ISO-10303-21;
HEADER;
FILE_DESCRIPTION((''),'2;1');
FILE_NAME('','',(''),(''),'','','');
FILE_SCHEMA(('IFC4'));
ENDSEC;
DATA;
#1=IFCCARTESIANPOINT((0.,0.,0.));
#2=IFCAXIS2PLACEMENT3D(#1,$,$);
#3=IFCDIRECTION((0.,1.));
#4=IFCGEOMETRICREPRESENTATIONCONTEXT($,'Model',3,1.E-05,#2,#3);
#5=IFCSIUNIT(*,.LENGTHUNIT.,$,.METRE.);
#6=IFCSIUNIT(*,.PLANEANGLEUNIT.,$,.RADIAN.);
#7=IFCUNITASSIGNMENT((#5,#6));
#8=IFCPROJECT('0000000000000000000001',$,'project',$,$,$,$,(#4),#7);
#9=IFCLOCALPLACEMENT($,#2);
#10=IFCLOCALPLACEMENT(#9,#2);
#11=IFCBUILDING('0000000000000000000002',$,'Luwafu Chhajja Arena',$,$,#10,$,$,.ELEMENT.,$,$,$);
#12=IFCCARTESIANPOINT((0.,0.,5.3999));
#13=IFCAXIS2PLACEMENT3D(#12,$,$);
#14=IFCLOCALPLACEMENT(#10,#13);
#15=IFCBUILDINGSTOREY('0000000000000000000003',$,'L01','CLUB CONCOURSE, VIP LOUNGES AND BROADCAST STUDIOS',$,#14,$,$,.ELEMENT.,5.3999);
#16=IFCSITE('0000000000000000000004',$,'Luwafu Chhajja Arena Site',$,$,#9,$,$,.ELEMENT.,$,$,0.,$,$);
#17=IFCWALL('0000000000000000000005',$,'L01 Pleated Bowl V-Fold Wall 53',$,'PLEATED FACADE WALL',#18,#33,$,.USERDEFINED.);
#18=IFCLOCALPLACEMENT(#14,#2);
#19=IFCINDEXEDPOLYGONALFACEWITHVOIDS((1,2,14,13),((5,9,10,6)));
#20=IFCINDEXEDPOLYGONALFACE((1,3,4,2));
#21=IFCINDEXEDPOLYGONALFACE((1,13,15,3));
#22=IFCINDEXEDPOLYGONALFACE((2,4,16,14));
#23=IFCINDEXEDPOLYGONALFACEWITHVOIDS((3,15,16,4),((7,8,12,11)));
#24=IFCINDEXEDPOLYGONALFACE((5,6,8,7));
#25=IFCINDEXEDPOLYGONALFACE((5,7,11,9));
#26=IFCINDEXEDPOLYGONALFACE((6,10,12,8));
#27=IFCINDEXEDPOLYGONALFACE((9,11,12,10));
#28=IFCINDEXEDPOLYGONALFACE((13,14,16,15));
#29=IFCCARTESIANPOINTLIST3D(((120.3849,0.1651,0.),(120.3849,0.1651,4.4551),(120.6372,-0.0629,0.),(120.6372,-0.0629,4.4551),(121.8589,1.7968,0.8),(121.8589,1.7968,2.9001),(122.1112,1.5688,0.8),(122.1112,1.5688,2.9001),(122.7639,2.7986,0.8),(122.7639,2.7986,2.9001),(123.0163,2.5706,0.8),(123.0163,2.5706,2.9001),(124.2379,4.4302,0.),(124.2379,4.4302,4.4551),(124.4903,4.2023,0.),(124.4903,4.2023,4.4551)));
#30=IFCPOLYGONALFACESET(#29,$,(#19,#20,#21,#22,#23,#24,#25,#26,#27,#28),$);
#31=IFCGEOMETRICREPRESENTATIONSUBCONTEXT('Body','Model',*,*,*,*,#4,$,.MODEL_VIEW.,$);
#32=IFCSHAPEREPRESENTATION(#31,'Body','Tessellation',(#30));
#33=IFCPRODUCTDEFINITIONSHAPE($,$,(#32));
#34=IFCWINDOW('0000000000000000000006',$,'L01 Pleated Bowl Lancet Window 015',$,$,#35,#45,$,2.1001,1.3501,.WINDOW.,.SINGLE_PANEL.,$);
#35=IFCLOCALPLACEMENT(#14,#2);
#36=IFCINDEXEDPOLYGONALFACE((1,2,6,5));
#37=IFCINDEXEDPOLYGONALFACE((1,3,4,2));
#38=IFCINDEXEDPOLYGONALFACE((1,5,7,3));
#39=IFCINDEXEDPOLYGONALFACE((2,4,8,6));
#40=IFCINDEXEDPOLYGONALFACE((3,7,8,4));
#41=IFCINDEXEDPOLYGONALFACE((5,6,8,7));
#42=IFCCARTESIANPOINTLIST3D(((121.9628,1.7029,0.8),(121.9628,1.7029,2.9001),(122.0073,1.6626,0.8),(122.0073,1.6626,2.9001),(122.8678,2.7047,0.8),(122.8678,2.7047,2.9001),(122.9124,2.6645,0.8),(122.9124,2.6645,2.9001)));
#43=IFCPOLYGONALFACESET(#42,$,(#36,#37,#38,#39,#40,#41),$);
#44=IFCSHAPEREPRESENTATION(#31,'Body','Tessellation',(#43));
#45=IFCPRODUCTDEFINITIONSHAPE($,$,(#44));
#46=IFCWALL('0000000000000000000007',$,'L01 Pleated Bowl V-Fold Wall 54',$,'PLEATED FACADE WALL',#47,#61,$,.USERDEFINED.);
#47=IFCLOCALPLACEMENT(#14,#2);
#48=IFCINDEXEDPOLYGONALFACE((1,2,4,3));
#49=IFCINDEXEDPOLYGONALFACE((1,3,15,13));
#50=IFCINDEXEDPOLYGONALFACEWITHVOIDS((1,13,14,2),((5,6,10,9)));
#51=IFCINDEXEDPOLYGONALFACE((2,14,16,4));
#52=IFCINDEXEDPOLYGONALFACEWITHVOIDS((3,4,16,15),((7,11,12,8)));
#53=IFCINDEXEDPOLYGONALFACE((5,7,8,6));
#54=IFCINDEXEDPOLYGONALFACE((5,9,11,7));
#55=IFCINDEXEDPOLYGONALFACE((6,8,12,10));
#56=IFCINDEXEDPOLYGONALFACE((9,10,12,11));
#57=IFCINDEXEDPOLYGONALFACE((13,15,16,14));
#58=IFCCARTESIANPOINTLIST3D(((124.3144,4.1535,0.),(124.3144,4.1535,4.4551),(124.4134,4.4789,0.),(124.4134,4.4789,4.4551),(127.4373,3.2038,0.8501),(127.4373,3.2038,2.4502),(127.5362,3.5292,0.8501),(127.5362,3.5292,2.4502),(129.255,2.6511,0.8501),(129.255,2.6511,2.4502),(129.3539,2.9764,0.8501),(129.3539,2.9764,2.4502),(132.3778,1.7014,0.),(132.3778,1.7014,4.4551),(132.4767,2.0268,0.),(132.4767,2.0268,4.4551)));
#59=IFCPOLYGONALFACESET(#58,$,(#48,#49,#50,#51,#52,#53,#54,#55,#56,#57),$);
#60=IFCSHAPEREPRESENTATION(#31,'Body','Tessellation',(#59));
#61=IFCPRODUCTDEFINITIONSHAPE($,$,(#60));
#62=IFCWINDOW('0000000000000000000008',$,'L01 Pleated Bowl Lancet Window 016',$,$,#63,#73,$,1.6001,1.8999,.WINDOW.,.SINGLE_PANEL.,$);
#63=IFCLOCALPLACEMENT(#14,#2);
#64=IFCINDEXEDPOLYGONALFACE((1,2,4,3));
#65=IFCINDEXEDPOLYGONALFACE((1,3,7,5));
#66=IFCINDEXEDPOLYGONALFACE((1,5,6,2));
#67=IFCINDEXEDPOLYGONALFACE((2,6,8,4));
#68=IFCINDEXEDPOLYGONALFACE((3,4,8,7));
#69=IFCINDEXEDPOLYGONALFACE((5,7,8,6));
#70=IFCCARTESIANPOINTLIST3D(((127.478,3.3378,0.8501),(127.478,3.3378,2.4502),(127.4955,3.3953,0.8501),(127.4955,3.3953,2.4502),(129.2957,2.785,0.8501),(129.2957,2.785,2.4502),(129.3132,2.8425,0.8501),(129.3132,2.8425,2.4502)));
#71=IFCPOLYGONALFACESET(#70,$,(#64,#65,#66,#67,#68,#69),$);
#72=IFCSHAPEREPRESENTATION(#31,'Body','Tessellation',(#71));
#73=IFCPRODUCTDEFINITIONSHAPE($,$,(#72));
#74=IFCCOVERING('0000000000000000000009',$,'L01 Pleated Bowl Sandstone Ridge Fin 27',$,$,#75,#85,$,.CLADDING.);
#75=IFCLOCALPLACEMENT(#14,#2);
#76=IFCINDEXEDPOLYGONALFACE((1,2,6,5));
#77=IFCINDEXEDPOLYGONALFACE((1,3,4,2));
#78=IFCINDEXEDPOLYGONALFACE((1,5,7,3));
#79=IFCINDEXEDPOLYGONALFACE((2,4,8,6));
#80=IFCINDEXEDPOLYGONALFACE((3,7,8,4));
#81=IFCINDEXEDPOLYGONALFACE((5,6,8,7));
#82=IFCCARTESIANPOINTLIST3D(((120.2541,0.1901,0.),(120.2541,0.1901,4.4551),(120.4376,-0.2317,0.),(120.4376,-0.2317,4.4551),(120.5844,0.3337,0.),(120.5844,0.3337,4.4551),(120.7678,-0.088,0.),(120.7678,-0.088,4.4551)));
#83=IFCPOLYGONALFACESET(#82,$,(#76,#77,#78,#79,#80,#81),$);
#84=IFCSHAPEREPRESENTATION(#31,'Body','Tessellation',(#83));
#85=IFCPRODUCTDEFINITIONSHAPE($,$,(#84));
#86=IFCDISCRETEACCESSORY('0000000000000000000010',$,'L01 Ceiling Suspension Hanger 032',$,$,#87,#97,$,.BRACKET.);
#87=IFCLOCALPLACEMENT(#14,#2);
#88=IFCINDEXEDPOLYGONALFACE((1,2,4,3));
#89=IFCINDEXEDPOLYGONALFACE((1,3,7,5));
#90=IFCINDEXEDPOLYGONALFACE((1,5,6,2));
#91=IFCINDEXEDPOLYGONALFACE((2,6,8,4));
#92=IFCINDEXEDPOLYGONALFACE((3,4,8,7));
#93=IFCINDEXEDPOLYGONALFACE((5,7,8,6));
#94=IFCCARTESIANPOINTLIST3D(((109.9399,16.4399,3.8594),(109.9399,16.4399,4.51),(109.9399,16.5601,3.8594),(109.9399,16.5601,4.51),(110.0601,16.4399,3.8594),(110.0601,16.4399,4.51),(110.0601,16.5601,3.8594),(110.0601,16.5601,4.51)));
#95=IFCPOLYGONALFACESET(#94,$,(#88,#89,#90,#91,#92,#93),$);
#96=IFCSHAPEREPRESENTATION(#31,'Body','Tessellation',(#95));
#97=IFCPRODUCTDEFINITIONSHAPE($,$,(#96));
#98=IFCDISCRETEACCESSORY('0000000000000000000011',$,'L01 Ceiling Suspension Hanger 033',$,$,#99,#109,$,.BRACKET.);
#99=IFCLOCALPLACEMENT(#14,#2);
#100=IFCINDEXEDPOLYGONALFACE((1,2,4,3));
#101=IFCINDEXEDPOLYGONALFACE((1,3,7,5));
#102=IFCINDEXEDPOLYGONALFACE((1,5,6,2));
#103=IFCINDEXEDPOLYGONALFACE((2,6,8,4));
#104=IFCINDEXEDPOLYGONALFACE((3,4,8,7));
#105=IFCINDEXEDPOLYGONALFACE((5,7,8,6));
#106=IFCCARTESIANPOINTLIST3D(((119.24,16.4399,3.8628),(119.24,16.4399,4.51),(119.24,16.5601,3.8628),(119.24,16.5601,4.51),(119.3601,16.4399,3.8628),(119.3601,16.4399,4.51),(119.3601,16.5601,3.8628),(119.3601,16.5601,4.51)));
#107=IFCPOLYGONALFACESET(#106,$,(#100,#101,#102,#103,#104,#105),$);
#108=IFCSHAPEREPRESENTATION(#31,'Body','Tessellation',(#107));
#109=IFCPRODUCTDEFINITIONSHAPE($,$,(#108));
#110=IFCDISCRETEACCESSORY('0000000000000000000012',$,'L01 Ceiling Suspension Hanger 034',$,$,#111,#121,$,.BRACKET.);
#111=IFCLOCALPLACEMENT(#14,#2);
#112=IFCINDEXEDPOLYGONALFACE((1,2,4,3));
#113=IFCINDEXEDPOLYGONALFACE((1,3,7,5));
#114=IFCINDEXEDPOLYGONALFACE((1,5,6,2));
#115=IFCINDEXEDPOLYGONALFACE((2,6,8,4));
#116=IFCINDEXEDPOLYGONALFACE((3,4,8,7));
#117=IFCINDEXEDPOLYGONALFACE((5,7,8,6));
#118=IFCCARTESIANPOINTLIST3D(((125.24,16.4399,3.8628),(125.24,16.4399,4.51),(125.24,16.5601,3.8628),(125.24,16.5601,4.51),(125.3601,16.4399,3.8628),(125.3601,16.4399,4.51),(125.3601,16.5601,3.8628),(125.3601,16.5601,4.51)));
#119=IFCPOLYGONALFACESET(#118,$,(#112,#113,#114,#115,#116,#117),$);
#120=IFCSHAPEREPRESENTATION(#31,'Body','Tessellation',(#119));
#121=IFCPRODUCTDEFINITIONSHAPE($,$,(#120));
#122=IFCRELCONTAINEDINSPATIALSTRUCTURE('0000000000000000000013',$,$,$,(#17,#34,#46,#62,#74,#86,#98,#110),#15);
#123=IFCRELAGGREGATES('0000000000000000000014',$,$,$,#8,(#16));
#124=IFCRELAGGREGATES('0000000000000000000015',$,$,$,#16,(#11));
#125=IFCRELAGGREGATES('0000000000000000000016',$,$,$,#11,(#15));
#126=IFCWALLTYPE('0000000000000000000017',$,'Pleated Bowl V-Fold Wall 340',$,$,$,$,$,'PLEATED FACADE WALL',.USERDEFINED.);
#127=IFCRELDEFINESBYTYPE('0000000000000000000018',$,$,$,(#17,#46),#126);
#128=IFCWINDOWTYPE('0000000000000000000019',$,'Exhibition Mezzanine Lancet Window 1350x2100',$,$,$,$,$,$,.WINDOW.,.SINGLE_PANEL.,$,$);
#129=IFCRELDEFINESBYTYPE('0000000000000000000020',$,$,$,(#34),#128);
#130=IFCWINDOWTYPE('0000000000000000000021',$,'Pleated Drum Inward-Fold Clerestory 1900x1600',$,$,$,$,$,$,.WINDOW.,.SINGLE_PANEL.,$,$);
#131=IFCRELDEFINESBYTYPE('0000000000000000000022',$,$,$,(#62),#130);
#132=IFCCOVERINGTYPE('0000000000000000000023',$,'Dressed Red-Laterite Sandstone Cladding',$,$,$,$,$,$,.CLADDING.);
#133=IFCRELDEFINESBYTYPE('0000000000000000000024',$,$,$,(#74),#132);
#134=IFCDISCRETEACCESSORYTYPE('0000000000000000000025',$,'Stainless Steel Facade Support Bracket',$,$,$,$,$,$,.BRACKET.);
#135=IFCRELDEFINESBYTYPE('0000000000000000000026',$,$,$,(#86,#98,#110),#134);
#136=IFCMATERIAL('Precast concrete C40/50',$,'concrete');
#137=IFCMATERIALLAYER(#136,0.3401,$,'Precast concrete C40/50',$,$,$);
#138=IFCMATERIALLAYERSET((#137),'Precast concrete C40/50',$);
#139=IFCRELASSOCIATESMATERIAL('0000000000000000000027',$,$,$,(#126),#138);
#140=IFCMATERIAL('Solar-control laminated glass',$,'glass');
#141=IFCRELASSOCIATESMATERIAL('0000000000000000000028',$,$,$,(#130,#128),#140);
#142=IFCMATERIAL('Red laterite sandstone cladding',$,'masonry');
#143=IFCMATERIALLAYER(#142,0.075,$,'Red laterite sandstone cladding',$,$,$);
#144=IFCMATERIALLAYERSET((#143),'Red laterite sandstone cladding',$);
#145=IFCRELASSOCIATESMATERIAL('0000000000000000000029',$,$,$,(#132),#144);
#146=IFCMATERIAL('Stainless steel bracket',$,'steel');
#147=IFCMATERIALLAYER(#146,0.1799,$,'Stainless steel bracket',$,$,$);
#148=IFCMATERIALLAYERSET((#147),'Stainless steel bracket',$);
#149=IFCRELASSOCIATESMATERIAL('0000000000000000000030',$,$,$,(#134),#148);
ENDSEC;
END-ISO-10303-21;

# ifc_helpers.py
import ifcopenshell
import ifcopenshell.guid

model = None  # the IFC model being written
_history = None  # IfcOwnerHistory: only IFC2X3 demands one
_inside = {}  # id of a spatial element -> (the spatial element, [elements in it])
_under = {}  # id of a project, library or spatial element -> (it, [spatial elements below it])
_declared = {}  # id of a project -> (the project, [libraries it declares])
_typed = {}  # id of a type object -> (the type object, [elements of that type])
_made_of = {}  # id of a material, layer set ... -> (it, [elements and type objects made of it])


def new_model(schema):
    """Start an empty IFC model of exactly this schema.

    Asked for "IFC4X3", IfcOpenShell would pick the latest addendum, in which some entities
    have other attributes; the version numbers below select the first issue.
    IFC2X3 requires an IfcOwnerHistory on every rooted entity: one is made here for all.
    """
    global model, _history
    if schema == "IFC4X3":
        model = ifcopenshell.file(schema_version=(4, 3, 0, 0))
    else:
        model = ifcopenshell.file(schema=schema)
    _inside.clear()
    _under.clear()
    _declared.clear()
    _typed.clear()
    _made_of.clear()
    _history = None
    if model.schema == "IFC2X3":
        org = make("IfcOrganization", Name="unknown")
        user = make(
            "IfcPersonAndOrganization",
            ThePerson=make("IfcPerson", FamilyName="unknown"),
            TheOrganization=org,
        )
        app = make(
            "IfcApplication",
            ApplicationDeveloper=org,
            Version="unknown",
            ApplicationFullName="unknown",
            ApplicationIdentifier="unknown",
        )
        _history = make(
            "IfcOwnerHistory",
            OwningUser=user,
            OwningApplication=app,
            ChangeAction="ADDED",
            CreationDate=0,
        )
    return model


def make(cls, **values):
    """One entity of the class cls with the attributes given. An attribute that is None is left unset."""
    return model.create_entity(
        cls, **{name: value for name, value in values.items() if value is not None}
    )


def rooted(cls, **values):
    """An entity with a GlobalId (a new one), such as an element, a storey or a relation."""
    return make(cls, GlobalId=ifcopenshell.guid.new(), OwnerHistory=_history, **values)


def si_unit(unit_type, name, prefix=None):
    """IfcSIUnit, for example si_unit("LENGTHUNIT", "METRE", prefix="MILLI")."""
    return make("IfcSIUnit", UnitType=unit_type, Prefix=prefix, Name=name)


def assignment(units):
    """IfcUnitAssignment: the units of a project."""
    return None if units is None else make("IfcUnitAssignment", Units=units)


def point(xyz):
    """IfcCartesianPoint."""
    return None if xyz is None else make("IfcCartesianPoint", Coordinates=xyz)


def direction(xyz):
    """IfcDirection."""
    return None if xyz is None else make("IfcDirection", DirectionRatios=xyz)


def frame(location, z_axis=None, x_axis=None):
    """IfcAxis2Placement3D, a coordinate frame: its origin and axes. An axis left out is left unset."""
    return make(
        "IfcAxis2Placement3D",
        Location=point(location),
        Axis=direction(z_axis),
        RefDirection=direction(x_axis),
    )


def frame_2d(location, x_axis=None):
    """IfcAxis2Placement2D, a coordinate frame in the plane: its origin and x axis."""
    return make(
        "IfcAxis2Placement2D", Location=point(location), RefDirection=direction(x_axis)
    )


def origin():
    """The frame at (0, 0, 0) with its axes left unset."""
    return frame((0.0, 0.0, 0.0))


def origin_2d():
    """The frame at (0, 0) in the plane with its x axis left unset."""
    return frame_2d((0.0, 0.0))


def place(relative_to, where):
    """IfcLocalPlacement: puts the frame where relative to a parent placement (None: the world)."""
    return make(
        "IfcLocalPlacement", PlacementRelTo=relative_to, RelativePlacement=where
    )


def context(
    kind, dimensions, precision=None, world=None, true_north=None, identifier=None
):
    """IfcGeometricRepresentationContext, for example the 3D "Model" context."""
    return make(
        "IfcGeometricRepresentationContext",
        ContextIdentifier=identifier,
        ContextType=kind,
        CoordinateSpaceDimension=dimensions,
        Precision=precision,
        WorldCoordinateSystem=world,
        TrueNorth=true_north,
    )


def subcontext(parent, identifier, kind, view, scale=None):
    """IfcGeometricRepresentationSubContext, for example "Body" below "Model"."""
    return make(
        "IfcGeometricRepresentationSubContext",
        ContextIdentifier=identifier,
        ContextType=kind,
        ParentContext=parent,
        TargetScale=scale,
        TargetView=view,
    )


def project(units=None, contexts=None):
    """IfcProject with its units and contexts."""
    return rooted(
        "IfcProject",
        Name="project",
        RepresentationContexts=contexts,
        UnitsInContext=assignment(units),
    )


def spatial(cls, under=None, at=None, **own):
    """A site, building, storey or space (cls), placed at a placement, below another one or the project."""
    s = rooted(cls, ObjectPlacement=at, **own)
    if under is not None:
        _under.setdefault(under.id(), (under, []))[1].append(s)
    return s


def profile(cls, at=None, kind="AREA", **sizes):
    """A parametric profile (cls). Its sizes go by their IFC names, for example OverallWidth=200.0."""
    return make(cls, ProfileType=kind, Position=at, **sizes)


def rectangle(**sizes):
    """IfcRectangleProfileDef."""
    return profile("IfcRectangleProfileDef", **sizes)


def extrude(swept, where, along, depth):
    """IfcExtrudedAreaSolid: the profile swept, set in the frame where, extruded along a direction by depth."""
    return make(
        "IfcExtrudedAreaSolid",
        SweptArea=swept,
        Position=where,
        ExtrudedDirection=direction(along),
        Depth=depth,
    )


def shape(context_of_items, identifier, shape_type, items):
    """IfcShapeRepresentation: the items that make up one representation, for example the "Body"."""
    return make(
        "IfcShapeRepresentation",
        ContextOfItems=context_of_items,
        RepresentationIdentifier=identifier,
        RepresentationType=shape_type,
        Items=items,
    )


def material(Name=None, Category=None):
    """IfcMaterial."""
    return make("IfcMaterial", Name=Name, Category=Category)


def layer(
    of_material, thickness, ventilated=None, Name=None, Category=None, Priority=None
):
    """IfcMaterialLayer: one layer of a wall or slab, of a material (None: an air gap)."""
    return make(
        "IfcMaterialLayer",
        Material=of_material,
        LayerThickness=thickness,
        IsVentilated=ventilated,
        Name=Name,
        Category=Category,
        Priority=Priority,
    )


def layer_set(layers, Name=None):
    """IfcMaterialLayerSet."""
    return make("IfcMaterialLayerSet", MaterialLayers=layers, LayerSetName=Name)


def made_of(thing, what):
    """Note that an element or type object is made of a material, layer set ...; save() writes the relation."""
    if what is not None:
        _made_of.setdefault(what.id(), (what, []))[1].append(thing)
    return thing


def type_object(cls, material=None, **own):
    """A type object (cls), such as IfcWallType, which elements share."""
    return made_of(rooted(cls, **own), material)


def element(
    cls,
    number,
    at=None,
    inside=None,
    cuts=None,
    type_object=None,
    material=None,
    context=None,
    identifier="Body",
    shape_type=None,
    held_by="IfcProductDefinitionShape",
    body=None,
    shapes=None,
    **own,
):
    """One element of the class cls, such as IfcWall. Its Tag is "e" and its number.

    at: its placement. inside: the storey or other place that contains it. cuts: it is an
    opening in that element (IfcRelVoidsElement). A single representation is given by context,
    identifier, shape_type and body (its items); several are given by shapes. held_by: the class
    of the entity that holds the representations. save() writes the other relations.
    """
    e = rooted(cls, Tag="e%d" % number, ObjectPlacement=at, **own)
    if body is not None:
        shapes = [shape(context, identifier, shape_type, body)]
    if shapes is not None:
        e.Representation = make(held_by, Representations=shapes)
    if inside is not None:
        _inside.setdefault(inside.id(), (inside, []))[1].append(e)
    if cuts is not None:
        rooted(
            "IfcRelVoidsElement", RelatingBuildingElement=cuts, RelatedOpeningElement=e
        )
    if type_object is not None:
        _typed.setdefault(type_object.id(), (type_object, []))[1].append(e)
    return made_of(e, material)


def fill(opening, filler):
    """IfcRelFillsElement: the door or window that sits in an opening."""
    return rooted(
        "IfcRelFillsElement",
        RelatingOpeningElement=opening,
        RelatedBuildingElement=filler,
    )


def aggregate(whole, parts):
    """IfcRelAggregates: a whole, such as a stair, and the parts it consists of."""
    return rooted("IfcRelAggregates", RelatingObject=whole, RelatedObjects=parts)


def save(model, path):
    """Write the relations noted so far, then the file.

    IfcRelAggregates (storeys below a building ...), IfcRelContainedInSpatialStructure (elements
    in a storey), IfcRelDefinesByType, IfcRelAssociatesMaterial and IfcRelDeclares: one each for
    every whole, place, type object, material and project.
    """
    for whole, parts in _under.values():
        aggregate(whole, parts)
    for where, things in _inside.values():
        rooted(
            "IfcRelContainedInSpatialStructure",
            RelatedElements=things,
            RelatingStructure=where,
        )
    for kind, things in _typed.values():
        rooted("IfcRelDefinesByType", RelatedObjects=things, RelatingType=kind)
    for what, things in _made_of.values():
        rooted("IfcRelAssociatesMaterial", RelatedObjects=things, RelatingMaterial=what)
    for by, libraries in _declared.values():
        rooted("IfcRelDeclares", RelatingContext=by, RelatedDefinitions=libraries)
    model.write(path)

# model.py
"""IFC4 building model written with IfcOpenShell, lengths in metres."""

from ifc_helpers import new_model, si_unit, direction, frame, frame_2d, origin, origin_2d, place, context, subcontext, project, spatial, rectangle, extrude, material, layer, layer_set, type_object, element, fill, save


model = new_model("IFC4")

# Units and contexts
model_context = context("Model", 3, precision=1e-05, world=origin(), true_north=direction((0.0, 1.0)))
body_context = subcontext(model_context, "Body", "Model", "MODEL_VIEW")
ifc_project = project(units=[si_unit("LENGTHUNIT", "METRE"), si_unit("PLANEANGLEUNIT", "RADIAN")], contexts=[model_context])

# Site, building, storey
site_placement = place(None, origin())
site = spatial("IfcSite", under=ifc_project, at=site_placement, Name="Luwafu Chhajja Arena Site", CompositionType="ELEMENT", RefElevation=0.0)
building_placement = place(site_placement, origin())
building = spatial("IfcBuilding", under=site, at=building_placement, Name="Luwafu Chhajja Arena", CompositionType="ELEMENT")
storey_placement = place(building_placement, frame((0.0, 0.0, 5.3999)))
storey = spatial("IfcBuildingStorey", under=building, at=storey_placement, Name="L01", Description="CLUB CONCOURSE, VIP LOUNGES AND BROADCAST STUDIOS", CompositionType="ELEMENT", Elevation=5.3999)

# Walls, openings, windows
ifc_material_1 = material(Name="Precast concrete C40/50", Category="concrete")
ifc_layer_1 = layer(ifc_material_1, 0.3401, Name="Precast concrete C40/50")
ifc_layer_set_1 = layer_set([ifc_layer_1], Name="Precast concrete C40/50")
wall_type_1 = type_object("IfcWallType", Name="Pleated Bowl V-Fold Wall 340", ElementType="PLEATED FACADE WALL", PredefinedType="USERDEFINED", material=ifc_layer_set_1)
ifc_material_2 = material(Name="Solar-control laminated glass", Category="glass")
window_type_1 = type_object("IfcWindowType", Name="Pleated Drum Inward-Fold Clerestory 1900x1600", PartitioningType="SINGLE_PANEL", PredefinedType="WINDOW", material=ifc_material_2)
wall_1_placement = place(storey_placement, frame((120.511, 0.051, 0.0), z_axis=(0.0, 0.0, 1.0), x_axis=(0.670348, 0.742047, 0.0)))
wall_1 = element("IfcWall", 1, at=wall_1_placement, inside=storey, type_object=wall_type_1, Name="L01 Pleated Bowl V-Fold Wall 53", ObjectType="PLEATED FACADE WALL", PredefinedType="USERDEFINED", context=body_context, shape_type="SweptSolid", body=[
    extrude(rectangle(XDim=5.7478, YDim=0.3401, at=frame_2d((2.874, 0.0))), origin(), (0.0, 0.0, 1.0), 4.4551),
])
opening_1_placement = place(wall_1_placement, frame((2.199, 0.0, 0.8)))
opening_1 = element("IfcOpeningElement", 2, at=opening_1_placement, cuts=wall_1, PredefinedType="OPENING", context=body_context, shape_type="SweptSolid", body=[
    extrude(rectangle(XDim=1.3501, YDim=2.1001, at=frame_2d((0.675, 1.05))), frame((0.0, 0.1799, 0.0), z_axis=(0.0, -1.0, 0.0), x_axis=(1.0, 0.0, 0.0)), (0.0, 0.0, 1.0), 0.3601),
])
window_type_2 = type_object("IfcWindowType", Name="Exhibition Mezzanine Lancet Window 1350x2100", PartitioningType="SINGLE_PANEL", PredefinedType="WINDOW", material=ifc_material_2)
window_1_placement = place(opening_1_placement, origin())
window_1 = element("IfcWindow", 3, at=window_1_placement, inside=storey, type_object=window_type_2, Name="L01 Pleated Bowl Lancet Window 015", OverallHeight=2.1001, OverallWidth=1.3501, PartitioningType="SINGLE_PANEL", PredefinedType="WINDOW", context=body_context, shape_type="SweptSolid", body=[
    extrude(rectangle(XDim=1.3501, YDim=2.1001, at=frame_2d((0.675, 1.05))), frame((0.0, 0.03, 0.0), z_axis=(0.0, -1.0, 0.0), x_axis=(1.0, 0.0, 0.0)), (0.0, 0.0, 1.0), 0.0601),
])
fill(opening_1, window_1)
wall_2_placement = place(storey_placement, frame((124.364, 4.3162, 0.0), z_axis=(0.0, 0.0, 1.0), x_axis=(0.956738, -0.29095, 0.0)))
wall_2 = element("IfcWall", 4, at=wall_2_placement, inside=storey, type_object=wall_type_1, Name="L01 Pleated Bowl V-Fold Wall 54", ObjectType="PLEATED FACADE WALL", PredefinedType="USERDEFINED", context=body_context, shape_type="SweptSolid", body=[
    extrude(rectangle(XDim=8.428, YDim=0.3401, at=frame_2d((4.2139, 0.0))), origin(), (0.0, 0.0, 1.0), 4.4551),
])
opening_2_placement = place(wall_2_placement, frame((3.2639, 0.0, 0.8501)))
opening_2 = element("IfcOpeningElement", 5, at=opening_2_placement, cuts=wall_2, PredefinedType="OPENING", context=body_context, shape_type="SweptSolid", body=[
    extrude(rectangle(XDim=1.8999, YDim=1.6001, at=frame_2d((0.95, 0.8))), frame((0.0, 0.1799, 0.0), z_axis=(0.0, -1.0, 0.0), x_axis=(1.0, 0.0, 0.0)), (0.0, 0.0, 1.0), 0.3601),
])
window_2_placement = place(opening_2_placement, origin())
window_2 = element("IfcWindow", 6, at=window_2_placement, inside=storey, type_object=window_type_1, Name="L01 Pleated Bowl Lancet Window 016", OverallHeight=1.6001, OverallWidth=1.8999, PartitioningType="SINGLE_PANEL", PredefinedType="WINDOW", context=body_context, shape_type="SweptSolid", body=[
    extrude(rectangle(XDim=1.8999, YDim=1.6001, at=frame_2d((0.95, 0.8))), frame((0.0, 0.03, 0.0), z_axis=(0.0, -1.0, 0.0), x_axis=(1.0, 0.0, 0.0)), (0.0, 0.0, 1.0), 0.0601),
])
fill(opening_2, window_2)

# Covering
ifc_material_3 = material(Name="Red laterite sandstone cladding", Category="masonry")
ifc_layer_2 = layer(ifc_material_3, 0.075, Name="Red laterite sandstone cladding")
ifc_layer_set_2 = layer_set([ifc_layer_2], Name="Red laterite sandstone cladding")
covering_type = type_object("IfcCoveringType", Name="Dressed Red-Laterite Sandstone Cladding", PredefinedType="CLADDING", material=ifc_layer_set_2)
covering_placement = place(storey_placement, frame((120.511, 0.051, 0.0), z_axis=(0.0, 0.0, 1.0), x_axis=(0.398903, -0.916993, 0.0)))
element("IfcCovering", 7, at=covering_placement, inside=storey, type_object=covering_type, Name="L01 Pleated Bowl Sandstone Ridge Fin 27", PredefinedType="CLADDING", context=body_context, shape_type="SweptSolid", body=[
    extrude(rectangle(XDim=0.46, YDim=0.3601, at=origin_2d()), origin(), (0.0, 0.0, 1.0), 4.4551),
])

# Discrete accessories
ifc_material_4 = material(Name="Stainless steel bracket", Category="steel")
ifc_layer_3 = layer(ifc_material_4, 0.1799, Name="Stainless steel bracket")
ifc_layer_set_3 = layer_set([ifc_layer_3], Name="Stainless steel bracket")
discrete_accessory_type = type_object("IfcDiscreteAccessoryType", Name="Stainless Steel Facade Support Bracket", PredefinedType="BRACKET", material=ifc_layer_set_3)
discrete_accessory_placement = place(storey_placement, frame((110.0, 16.5, 3.8594), z_axis=(0.0, 0.0, 1.0), x_axis=(1.0, 0.0, 0.0)))
element("IfcDiscreteAccessory", 8, at=discrete_accessory_placement, inside=storey, type_object=discrete_accessory_type, Name="L01 Ceiling Suspension Hanger 032", PredefinedType="BRACKET", context=body_context, shape_type="SweptSolid", body=[
    extrude(rectangle(XDim=0.1201, YDim=0.1201, at=origin_2d()), origin(), (0.0, 0.0, 1.0), 0.6506),
])
for number, where, z_axis, x_axis, name in (
    (9, (119.3, 16.5, 3.8628), (0.0, 0.0, 1.0), (1.0, 0.0, 0.0), "L01 Ceiling Suspension Hanger 033"),
    (10, (125.3, 16.5, 3.8628), (0.0, 0.0, 1.0), (1.0, 0.0, 0.0), "L01 Ceiling Suspension Hanger 034"),
):
    element("IfcDiscreteAccessory", number, at=place(storey_placement, frame(where, z_axis=z_axis, x_axis=x_axis)), inside=storey, type_object=discrete_accessory_type, Name=name, PredefinedType="BRACKET", context=body_context, shape_type="SweptSolid", body=[
        extrude(rectangle(XDim=0.1201, YDim=0.1201, at=origin_2d()), origin(), (0.0, 0.0, 1.0), 0.6472),
    ])

save(model, "model.ifc")
